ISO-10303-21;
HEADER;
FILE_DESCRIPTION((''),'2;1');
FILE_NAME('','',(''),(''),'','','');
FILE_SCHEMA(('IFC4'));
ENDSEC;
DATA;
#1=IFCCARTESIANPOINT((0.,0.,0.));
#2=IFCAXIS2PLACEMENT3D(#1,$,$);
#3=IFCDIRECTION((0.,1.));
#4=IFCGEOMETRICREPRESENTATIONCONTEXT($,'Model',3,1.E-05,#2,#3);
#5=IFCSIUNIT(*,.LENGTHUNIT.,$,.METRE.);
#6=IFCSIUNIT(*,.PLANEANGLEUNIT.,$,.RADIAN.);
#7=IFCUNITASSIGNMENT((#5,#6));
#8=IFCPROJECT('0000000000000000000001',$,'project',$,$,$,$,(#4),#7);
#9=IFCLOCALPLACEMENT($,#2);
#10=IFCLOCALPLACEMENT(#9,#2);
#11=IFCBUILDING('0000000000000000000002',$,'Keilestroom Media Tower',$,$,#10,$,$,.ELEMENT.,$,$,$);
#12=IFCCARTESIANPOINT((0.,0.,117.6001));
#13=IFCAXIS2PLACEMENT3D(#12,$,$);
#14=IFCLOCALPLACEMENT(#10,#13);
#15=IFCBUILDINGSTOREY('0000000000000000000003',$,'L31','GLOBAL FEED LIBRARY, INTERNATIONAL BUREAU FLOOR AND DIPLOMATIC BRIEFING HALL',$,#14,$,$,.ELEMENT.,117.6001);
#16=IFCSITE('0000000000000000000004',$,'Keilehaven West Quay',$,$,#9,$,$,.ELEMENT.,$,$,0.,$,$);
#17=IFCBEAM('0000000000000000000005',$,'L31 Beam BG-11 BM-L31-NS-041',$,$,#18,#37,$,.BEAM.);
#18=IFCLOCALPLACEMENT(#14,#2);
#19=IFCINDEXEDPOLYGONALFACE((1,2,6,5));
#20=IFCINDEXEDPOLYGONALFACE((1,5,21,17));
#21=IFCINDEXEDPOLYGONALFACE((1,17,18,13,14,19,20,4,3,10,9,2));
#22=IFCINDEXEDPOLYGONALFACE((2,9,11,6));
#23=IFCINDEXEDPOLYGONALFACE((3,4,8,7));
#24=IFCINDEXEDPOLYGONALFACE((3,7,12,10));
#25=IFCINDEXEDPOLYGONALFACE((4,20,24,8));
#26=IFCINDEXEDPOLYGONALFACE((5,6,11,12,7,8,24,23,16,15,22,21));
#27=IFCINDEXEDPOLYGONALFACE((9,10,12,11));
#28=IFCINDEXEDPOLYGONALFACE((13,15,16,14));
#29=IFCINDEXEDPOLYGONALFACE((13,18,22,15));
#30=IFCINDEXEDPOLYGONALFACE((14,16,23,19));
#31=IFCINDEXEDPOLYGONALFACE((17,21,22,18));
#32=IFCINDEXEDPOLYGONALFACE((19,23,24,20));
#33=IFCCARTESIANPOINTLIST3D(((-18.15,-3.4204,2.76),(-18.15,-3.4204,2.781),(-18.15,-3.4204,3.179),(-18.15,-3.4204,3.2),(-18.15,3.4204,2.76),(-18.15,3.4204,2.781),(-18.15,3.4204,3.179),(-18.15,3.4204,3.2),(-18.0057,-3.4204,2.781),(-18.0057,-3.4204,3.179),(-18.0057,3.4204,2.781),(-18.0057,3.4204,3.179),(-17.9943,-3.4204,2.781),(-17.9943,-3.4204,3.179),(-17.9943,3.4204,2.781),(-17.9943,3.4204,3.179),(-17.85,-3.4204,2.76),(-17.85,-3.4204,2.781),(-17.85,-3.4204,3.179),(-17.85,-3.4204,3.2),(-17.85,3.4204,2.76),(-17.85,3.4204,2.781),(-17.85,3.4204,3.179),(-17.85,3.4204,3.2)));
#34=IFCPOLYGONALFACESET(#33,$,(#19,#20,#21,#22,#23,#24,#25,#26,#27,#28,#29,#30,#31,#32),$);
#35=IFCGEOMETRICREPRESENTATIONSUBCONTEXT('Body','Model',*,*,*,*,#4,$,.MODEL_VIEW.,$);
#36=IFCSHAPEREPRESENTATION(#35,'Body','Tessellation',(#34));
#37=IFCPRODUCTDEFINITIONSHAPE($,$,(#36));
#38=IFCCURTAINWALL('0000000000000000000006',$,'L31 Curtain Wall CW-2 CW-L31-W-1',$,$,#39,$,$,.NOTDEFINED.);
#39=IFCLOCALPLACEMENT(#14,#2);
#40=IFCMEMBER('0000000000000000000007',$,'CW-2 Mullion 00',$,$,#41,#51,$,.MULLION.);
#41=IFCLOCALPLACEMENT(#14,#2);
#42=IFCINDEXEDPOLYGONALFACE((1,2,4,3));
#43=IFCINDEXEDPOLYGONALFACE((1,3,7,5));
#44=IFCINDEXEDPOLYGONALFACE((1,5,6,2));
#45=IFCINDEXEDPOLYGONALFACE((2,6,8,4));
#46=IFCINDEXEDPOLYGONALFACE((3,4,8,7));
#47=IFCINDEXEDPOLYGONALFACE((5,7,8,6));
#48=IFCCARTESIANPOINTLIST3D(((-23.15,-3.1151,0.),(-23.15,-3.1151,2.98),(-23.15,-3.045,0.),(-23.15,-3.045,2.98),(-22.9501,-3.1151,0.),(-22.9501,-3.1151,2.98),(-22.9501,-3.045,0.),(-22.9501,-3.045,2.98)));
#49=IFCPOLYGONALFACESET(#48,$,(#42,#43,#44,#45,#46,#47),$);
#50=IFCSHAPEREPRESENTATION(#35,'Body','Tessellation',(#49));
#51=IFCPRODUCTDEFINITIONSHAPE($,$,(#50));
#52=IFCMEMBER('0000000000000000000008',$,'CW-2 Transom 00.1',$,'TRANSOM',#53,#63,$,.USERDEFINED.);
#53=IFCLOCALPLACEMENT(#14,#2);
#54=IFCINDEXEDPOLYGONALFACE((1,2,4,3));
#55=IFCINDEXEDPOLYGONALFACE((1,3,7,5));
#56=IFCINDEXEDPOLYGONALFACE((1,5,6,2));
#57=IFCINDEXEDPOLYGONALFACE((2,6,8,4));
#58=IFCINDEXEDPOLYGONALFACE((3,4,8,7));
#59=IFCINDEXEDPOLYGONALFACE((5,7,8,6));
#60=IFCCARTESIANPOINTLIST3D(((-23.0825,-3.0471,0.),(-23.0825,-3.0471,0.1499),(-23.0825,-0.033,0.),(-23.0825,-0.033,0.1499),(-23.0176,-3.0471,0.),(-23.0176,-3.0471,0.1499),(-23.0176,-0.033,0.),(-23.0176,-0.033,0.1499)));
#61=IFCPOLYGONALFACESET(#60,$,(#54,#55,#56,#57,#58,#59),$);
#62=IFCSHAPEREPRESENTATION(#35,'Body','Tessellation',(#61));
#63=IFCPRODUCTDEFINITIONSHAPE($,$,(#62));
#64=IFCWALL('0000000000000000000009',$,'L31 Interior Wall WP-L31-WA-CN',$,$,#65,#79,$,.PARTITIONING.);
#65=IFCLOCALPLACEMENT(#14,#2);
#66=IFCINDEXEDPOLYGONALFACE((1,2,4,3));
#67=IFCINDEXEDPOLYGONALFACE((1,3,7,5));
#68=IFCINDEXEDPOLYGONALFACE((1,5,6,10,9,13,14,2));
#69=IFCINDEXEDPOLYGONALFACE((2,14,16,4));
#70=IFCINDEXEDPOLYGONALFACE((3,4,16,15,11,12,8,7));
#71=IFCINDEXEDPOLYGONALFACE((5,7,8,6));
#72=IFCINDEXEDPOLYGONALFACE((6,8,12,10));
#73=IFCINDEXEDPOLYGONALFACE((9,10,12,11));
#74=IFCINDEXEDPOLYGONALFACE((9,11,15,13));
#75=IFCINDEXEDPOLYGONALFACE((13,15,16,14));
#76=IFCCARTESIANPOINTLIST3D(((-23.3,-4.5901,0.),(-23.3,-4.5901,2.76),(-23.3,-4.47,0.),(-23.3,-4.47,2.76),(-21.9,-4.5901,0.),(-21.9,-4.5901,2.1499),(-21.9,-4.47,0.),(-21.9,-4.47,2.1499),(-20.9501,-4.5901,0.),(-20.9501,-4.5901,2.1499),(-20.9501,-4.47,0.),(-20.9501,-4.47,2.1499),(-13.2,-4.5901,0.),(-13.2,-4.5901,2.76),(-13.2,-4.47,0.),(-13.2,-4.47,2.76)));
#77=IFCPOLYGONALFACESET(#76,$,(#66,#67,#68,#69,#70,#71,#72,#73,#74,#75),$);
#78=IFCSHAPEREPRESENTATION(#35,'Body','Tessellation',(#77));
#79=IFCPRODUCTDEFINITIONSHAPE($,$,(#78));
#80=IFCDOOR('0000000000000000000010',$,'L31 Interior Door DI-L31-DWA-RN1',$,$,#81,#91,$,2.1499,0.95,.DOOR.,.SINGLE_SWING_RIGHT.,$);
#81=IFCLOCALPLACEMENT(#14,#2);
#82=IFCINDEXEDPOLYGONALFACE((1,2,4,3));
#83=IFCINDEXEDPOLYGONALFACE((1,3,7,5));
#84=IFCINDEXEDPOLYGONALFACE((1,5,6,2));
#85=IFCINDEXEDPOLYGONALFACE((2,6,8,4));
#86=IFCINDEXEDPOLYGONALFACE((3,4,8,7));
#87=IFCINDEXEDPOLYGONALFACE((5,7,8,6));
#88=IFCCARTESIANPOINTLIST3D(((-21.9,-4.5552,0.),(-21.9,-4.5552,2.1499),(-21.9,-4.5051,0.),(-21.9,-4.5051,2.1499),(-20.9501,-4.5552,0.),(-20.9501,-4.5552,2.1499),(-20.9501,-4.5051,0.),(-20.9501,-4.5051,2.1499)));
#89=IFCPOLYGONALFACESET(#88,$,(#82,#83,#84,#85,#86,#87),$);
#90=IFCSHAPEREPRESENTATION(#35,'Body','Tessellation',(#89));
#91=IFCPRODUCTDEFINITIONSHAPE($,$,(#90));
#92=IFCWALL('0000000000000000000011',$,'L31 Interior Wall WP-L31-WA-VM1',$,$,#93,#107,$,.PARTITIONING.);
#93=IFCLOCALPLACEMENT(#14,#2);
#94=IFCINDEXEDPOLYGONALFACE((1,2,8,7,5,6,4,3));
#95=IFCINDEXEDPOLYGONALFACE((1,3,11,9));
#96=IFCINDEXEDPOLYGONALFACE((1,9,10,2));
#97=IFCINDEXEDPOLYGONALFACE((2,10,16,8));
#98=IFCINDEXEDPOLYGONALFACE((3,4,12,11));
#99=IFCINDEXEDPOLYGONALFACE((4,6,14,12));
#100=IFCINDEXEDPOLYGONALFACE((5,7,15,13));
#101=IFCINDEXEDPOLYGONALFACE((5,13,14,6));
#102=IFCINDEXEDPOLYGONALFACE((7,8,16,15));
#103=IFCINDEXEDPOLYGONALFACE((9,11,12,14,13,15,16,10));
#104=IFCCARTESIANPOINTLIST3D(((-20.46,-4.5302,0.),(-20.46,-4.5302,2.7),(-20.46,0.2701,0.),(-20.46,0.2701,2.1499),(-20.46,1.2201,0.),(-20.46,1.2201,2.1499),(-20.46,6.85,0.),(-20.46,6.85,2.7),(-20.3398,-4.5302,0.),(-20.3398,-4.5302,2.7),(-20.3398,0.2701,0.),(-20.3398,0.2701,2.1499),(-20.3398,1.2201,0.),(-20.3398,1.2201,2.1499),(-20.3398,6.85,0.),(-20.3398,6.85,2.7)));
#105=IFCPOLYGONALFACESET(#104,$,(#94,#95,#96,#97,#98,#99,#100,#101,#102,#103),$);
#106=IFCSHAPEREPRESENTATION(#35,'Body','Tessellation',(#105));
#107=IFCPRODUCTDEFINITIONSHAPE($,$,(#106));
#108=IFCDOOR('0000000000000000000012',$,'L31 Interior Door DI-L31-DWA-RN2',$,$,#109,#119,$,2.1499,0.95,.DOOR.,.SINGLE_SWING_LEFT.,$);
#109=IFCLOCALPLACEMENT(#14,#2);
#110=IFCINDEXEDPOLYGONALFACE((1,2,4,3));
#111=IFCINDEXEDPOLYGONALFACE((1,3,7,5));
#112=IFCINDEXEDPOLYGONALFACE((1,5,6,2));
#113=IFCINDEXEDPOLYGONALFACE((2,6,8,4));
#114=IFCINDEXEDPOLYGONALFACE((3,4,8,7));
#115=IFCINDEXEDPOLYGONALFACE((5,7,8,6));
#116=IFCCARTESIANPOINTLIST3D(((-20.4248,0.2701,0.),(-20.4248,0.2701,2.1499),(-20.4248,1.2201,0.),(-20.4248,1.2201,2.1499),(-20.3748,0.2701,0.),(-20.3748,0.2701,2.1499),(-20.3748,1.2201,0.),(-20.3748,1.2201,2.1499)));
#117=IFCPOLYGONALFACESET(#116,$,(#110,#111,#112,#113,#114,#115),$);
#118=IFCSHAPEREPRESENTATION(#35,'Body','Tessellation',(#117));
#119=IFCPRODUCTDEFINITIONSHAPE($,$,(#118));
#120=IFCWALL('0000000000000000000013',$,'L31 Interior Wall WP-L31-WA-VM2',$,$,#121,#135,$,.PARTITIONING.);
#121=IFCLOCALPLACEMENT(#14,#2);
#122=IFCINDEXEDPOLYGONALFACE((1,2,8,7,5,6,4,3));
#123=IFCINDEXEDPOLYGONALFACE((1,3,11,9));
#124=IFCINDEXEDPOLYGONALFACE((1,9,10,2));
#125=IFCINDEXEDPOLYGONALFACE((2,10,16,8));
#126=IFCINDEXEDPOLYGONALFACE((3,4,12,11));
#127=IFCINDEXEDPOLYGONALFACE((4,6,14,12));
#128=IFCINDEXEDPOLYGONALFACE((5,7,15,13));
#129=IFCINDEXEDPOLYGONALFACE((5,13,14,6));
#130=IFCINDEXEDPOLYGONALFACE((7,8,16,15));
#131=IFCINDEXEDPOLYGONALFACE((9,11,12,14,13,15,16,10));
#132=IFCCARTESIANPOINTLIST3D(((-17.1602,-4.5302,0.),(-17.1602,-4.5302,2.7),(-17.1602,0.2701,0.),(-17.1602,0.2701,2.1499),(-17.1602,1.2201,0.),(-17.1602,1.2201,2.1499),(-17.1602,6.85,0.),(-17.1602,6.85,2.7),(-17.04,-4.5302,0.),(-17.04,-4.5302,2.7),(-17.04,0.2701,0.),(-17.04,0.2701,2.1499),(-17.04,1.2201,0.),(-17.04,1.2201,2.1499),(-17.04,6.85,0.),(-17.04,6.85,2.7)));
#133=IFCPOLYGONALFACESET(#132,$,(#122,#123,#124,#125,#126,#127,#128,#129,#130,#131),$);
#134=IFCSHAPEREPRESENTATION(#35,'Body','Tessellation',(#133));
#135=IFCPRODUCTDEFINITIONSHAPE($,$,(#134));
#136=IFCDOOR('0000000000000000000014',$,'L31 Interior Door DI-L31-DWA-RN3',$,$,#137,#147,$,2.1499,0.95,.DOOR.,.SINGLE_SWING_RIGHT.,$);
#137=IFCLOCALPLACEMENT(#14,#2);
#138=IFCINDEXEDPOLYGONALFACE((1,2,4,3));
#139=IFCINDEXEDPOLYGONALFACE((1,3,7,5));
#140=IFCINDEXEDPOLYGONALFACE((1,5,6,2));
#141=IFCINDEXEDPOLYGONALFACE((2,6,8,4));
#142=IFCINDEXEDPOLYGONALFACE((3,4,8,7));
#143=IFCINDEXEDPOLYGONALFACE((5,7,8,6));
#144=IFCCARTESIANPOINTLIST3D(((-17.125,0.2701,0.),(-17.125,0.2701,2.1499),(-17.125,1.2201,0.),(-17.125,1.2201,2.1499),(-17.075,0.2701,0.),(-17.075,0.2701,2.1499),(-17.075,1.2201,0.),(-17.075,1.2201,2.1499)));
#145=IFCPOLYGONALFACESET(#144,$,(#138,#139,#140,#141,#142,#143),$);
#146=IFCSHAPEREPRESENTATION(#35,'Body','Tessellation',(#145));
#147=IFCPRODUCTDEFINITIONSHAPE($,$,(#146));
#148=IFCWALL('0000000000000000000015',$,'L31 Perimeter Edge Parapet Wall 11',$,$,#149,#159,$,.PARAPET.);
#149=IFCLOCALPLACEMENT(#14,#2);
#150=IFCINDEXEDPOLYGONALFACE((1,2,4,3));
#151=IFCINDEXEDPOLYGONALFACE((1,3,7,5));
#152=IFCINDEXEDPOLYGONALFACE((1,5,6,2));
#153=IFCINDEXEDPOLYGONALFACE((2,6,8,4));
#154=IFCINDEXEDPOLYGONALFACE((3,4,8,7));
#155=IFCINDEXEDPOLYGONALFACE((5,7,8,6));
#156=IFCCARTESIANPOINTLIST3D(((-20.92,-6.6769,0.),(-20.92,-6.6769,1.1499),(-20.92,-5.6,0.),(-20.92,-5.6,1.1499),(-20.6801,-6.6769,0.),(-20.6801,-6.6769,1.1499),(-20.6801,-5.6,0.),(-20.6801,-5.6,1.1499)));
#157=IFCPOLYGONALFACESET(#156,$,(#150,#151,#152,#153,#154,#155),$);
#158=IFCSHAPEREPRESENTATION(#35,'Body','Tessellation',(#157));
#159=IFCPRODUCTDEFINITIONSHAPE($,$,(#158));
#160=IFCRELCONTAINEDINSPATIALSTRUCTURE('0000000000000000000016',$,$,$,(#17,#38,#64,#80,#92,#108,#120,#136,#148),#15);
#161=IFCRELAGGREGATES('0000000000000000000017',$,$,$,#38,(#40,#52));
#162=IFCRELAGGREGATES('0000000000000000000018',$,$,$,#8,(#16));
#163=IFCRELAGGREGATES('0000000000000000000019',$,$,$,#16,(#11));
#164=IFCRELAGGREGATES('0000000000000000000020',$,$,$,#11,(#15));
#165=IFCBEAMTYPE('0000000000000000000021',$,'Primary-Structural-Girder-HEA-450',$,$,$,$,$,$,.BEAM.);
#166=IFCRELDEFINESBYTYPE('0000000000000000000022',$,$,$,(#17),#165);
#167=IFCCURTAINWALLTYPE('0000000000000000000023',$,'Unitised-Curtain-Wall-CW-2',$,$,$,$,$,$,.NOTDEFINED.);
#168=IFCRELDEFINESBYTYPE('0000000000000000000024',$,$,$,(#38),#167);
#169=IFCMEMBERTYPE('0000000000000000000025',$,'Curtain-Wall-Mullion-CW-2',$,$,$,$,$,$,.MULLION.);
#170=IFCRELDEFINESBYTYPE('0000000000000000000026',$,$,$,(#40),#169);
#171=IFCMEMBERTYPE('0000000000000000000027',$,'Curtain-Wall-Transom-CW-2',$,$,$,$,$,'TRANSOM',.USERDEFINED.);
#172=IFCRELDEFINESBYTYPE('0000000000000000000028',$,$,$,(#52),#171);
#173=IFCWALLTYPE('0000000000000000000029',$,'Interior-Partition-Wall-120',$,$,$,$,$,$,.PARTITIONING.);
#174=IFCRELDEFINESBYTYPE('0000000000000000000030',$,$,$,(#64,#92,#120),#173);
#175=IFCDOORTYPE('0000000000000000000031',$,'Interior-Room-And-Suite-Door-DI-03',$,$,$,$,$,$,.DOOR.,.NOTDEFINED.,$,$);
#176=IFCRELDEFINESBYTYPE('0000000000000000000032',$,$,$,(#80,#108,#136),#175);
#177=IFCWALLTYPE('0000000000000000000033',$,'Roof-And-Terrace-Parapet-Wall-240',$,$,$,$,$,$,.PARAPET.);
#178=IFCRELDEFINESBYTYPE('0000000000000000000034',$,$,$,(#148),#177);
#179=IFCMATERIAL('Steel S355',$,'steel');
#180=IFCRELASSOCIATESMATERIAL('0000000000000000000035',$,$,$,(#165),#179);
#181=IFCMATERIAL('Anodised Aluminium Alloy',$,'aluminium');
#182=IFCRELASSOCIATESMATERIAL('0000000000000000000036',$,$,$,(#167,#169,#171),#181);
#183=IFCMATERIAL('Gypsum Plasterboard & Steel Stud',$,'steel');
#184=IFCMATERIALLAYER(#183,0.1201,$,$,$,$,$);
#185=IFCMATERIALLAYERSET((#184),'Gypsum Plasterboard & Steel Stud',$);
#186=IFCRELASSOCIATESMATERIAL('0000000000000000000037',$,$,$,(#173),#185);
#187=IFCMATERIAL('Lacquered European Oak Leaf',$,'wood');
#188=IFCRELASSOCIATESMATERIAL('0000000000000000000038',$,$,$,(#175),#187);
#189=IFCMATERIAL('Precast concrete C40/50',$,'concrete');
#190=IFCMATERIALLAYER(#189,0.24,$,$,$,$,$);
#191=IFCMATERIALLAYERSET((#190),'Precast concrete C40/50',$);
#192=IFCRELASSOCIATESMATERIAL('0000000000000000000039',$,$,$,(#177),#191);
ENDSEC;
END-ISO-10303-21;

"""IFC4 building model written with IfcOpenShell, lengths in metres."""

from ifc_helpers import new_model, si_unit, direction, frame, frame_2d, origin, origin_2d, place, context, subcontext, project, spatial, rectangle, i_section, extrude, source, transform, mapped, material, layer, layer_set, material_profile, profile_set, type_object, element, fill, aggregate, save


model = new_model("IFC4")

# Units and contexts
model_context = context("Model", 3, precision=1e-05, world=origin(), true_north=direction((0.0, 1.0)))
body_context = subcontext(model_context, "Body", "Model", "MODEL_VIEW")
ifc_project = project(units=[si_unit("LENGTHUNIT", "METRE"), si_unit("PLANEANGLEUNIT", "RADIAN")], contexts=[model_context])

# Site, building, storey
site_placement = place(None, origin())
site = spatial("IfcSite", under=ifc_project, at=site_placement, Name="Keilehaven West Quay", CompositionType="ELEMENT", RefElevation=0.0)
building_placement = place(site_placement, origin())
building = spatial("IfcBuilding", under=site, at=building_placement, Name="Keilestroom Media Tower", CompositionType="ELEMENT")
storey_placement = place(building_placement, frame((0.0, 0.0, 117.6001)))
storey = spatial("IfcBuildingStorey", under=building, at=storey_placement, Name="L31", Description="GLOBAL FEED LIBRARY, INTERNATIONAL BUREAU FLOOR AND DIPLOMATIC BRIEFING HALL", CompositionType="ELEMENT", Elevation=117.6001)

# Shared definitions
ifc_material_1 = material(Name="Precast concrete C40/50", Category="concrete")
ifc_material_2 = material(Name="Steel S355", Category="steel")

# Beam
ifc_material_profile_1 = material_profile(ifc_material_2, i_section(OverallWidth=0.3, OverallDepth=0.4399, WebThickness=0.0115, FlangeThickness=0.021, at=origin_2d()), Name="HEA 450")
ifc_profile_set_1 = profile_set([ifc_material_profile_1], Name="Steel S355")
beam_type_1 = type_object("IfcBeamType", Name="Primary-Structural-Girder-HEA-450", PredefinedType="BEAM", material=ifc_profile_set_1)
shared_shape_1 = source(origin(), body_context, "Body", "SweptSolid", [
    extrude(i_section(OverallWidth=0.3, OverallDepth=0.4399, WebThickness=0.0115, FlangeThickness=0.021, at=origin_2d()), origin(), (0.0, 0.0, 1.0), 6.8408),
])
beam_1_placement = place(storey_placement, frame((-18.0, -3.4204, 2.98), z_axis=(0.0, 1.0, 0.0), x_axis=(-1.0, 0.0, 0.0)))
element("IfcBeam", 1, at=beam_1_placement, inside=storey, type_object=beam_type_1, Name="L31 Beam BG-11 BM-L31-NS-041", PredefinedType="BEAM", context=body_context, shape_type="MappedRepresentation", body=[
    mapped(shared_shape_1, transform((0.0, 0.0, 0.0), x_axis=(1.0, 0.0, 0.0), y_axis=(0.0, 1.0, 0.0), z_axis=(0.0, 0.0, 1.0), scale=1.0)),
])

# Curtain wall, members
ifc_material_3 = material(Name="Anodised Aluminium Alloy", Category="aluminium")
curtain_wall_type = type_object("IfcCurtainWallType", Name="Unitised-Curtain-Wall-CW-2", PredefinedType="NOTDEFINED", material=ifc_material_3)
curtain_wall_placement = place(storey_placement, origin())
curtain_wall = element("IfcCurtainWall", 2, at=curtain_wall_placement, inside=storey, type_object=curtain_wall_type, Name="L31 Curtain Wall CW-2 CW-L31-W-1", PredefinedType="NOTDEFINED")
ifc_material_profile_2 = material_profile(ifc_material_3, rectangle(XDim=0.0701, YDim=0.2, at=origin_2d()), Name="ALU MULLION 70x200")
ifc_profile_set_2 = profile_set([ifc_material_profile_2], Name="Anodised Aluminium Alloy")
member_type_1 = type_object("IfcMemberType", Name="Curtain-Wall-Mullion-CW-2", PredefinedType="MULLION", material=ifc_profile_set_2)
shared_shape_2 = source(origin(), body_context, "Body", "SweptSolid", [
    extrude(rectangle(XDim=0.0701, YDim=0.2, at=origin_2d()), origin(), (0.0, 0.0, 1.0), 2.98),
])
member_1_placement = place(storey_placement, frame((-23.05, -3.0801, 0.0), z_axis=(0.0, 0.0, 1.0), x_axis=(0.0, 1.0, 0.0)))
member_1 = element("IfcMember", 3, at=member_1_placement, type_object=member_type_1, Name="CW-2 Mullion 00", PredefinedType="MULLION", context=body_context, shape_type="MappedRepresentation", body=[
    mapped(shared_shape_2, transform((0.0, 0.0, 0.0), x_axis=(1.0, 0.0, 0.0), y_axis=(0.0, 1.0, 0.0), z_axis=(0.0, 0.0, 1.0), scale=1.0)),
])
ifc_material_profile_3 = material_profile(ifc_material_3, rectangle(XDim=0.0649, YDim=0.1499, at=origin_2d()), Name="ALU TRANSOM 65x150")
ifc_profile_set_3 = profile_set([ifc_material_profile_3], Name="Anodised Aluminium Alloy")
member_type_2 = type_object("IfcMemberType", Name="Curtain-Wall-Transom-CW-2", ElementType="TRANSOM", PredefinedType="USERDEFINED", material=ifc_profile_set_3)
shared_shape_3 = source(origin(), body_context, "Body", "SweptSolid", [
    extrude(rectangle(XDim=0.0649, YDim=0.1499, at=origin_2d()), origin(), (0.0, 0.0, 1.0), 3.0142),
])
member_2_placement = place(storey_placement, frame((-23.05, -3.0471, 0.075), z_axis=(0.0, 1.0, 0.0), x_axis=(-1.0, 0.0, 0.0)))
member_2 = element("IfcMember", 4, at=member_2_placement, type_object=member_type_2, Name="CW-2 Transom 00.1", ObjectType="TRANSOM", PredefinedType="USERDEFINED", context=body_context, shape_type="MappedRepresentation", body=[
    mapped(shared_shape_3, transform((0.0, 0.0, 0.0), x_axis=(1.0, 0.0, 0.0), y_axis=(0.0, 1.0, 0.0), z_axis=(0.0, 0.0, 1.0), scale=1.0)),
])
aggregate(curtain_wall, [member_1, member_2])

# Walls, openings, doors
ifc_material_4 = material(Name="Gypsum Plasterboard & Steel Stud", Category="steel")
ifc_layer_1 = layer(ifc_material_4, 0.1201)
ifc_layer_set_1 = layer_set([ifc_layer_1], Name="Gypsum Plasterboard & Steel Stud")
wall_type_1 = type_object("IfcWallType", Name="Interior-Partition-Wall-120", PredefinedType="PARTITIONING", material=ifc_layer_set_1)
wall_1_placement = place(storey_placement, frame((-23.3, -4.53, 0.0), z_axis=(0.0, 0.0, 1.0), x_axis=(1.0, 0.0, 0.0)))
wall_1 = element("IfcWall", 5, at=wall_1_placement, inside=storey, type_object=wall_type_1, Name="L31 Interior Wall WP-L31-WA-CN", PredefinedType="PARTITIONING", context=body_context, shape_type="SweptSolid", body=[
    extrude(rectangle(XDim=10.1001, YDim=0.1201, at=frame_2d((5.05, 0.0))), origin(), (0.0, 0.0, 1.0), 2.76),
])
opening_1_placement = place(wall_1_placement, frame((1.3999, 0.0, 0.0)))
opening_1 = element("IfcOpeningElement", 6, at=opening_1_placement, cuts=wall_1, PredefinedType="OPENING", context=body_context, shape_type="SweptSolid", body=[
    extrude(rectangle(XDim=0.95, YDim=2.1499, at=frame_2d((0.4751, 1.075))), frame((0.0, 0.0701, 0.0), z_axis=(0.0, -1.0, 0.0), x_axis=(1.0, 0.0, 0.0)), (0.0, 0.0, 1.0), 0.1401),
])
ifc_material_5 = material(Name="Lacquered European Oak Leaf", Category="wood")
door_type = type_object("IfcDoorType", Name="Interior-Room-And-Suite-Door-DI-03", OperationType="NOTDEFINED", PredefinedType="DOOR", material=ifc_material_5)
shared_shape_4 = source(origin(), body_context, "Body", "SweptSolid", [
    extrude(rectangle(XDim=0.95, YDim=2.1499, at=frame_2d((0.4751, 1.075))), frame((0.0, 0.0249, 0.0), z_axis=(0.0, -1.0, 0.0), x_axis=(1.0, 0.0, 0.0)), (0.0, 0.0, 1.0), 0.05),
])
door_1_placement = place(opening_1_placement, origin())
door_1 = element("IfcDoor", 7, at=door_1_placement, inside=storey, type_object=door_type, Name="L31 Interior Door DI-L31-DWA-RN1", OperationType="SINGLE_SWING_RIGHT", OverallHeight=2.1499, OverallWidth=0.95, PredefinedType="DOOR", context=body_context, shape_type="MappedRepresentation", body=[
    mapped(shared_shape_4, transform((0.0, 0.0, 0.0), x_axis=(1.0, 0.0, 0.0), y_axis=(0.0, 1.0, 0.0), z_axis=(0.0, 0.0, 1.0), scale=1.0)),
])
fill(opening_1, door_1)
wall_2_placement = place(storey_placement, frame((-20.3999, -4.53, 0.0), z_axis=(0.0, 0.0, 1.0), x_axis=(0.0, 1.0, 0.0)))
wall_2 = element("IfcWall", 8, at=wall_2_placement, inside=storey, type_object=wall_type_1, Name="L31 Interior Wall WP-L31-WA-VM1", PredefinedType="PARTITIONING", context=body_context, shape_type="SweptSolid", body=[
    extrude(rectangle(XDim=11.3801, YDim=0.1201, at=frame_2d((5.6899, 0.0))), origin(), (0.0, 0.0, 1.0), 2.7),
])
opening_2_placement = place(wall_2_placement, frame((4.8, 0.0, 0.0)))
opening_2 = element("IfcOpeningElement", 9, at=opening_2_placement, cuts=wall_2, PredefinedType="OPENING", context=body_context, shape_type="SweptSolid", body=[
    extrude(rectangle(XDim=0.95, YDim=2.1499, at=frame_2d((0.4751, 1.075))), frame((0.0, 0.0701, 0.0), z_axis=(0.0, -1.0, 0.0), x_axis=(1.0, 0.0, 0.0)), (0.0, 0.0, 1.0), 0.1401),
])
door_2_placement = place(opening_2_placement, origin())
door_2 = element("IfcDoor", 10, at=door_2_placement, inside=storey, type_object=door_type, Name="L31 Interior Door DI-L31-DWA-RN2", OperationType="SINGLE_SWING_LEFT", OverallHeight=2.1499, OverallWidth=0.95, PredefinedType="DOOR", context=body_context, shape_type="MappedRepresentation", body=[
    mapped(shared_shape_4, transform((0.0, 0.0, 0.0), x_axis=(1.0, 0.0, 0.0), y_axis=(0.0, 1.0, 0.0), z_axis=(0.0, 0.0, 1.0), scale=1.0)),
])
fill(opening_2, door_2)
wall_3_placement = place(storey_placement, frame((-17.1001, -4.53, 0.0), z_axis=(0.0, 0.0, 1.0), x_axis=(0.0, 1.0, 0.0)))
wall_3 = element("IfcWall", 11, at=wall_3_placement, inside=storey, type_object=wall_type_1, Name="L31 Interior Wall WP-L31-WA-VM2", PredefinedType="PARTITIONING", context=body_context, shape_type="SweptSolid", body=[
    extrude(rectangle(XDim=11.3801, YDim=0.1201, at=frame_2d((5.6899, 0.0))), origin(), (0.0, 0.0, 1.0), 2.7),
])
opening_3_placement = place(wall_3_placement, frame((4.8, 0.0, 0.0)))
opening_3 = element("IfcOpeningElement", 12, at=opening_3_placement, cuts=wall_3, PredefinedType="OPENING", context=body_context, shape_type="SweptSolid", body=[
    extrude(rectangle(XDim=0.95, YDim=2.1499, at=frame_2d((0.4751, 1.075))), frame((0.0, 0.0701, 0.0), z_axis=(0.0, -1.0, 0.0), x_axis=(1.0, 0.0, 0.0)), (0.0, 0.0, 1.0), 0.1401),
])
door_3_placement = place(opening_3_placement, origin())
door_3 = element("IfcDoor", 13, at=door_3_placement, inside=storey, type_object=door_type, Name="L31 Interior Door DI-L31-DWA-RN3", OperationType="SINGLE_SWING_RIGHT", OverallHeight=2.1499, OverallWidth=0.95, PredefinedType="DOOR", context=body_context, shape_type="MappedRepresentation", body=[
    mapped(shared_shape_4, transform((0.0, 0.0, 0.0), x_axis=(1.0, 0.0, 0.0), y_axis=(0.0, 1.0, 0.0), z_axis=(0.0, 0.0, 1.0), scale=1.0)),
])
fill(opening_3, door_3)

# Wall
ifc_layer_2 = layer(ifc_material_1, 0.24)
ifc_layer_set_2 = layer_set([ifc_layer_2], Name="Precast concrete C40/50")
wall_type_2 = type_object("IfcWallType", Name="Roof-And-Terrace-Parapet-Wall-240", PredefinedType="PARAPET", material=ifc_layer_set_2)
for number, where, z_axis, x_axis, name in (
    (14, (-20.8, -6.677, 0.0), (0.0, 0.0, 1.0), (0.0, 1.0, 0.0), "L31 Perimeter Edge Parapet Wall 11"),
):
    element("IfcWall", number, at=place(storey_placement, frame(where, z_axis=z_axis, x_axis=x_axis)), inside=storey, type_object=wall_type_2, Name=name, PredefinedType="PARAPET", context=body_context, shape_type="SweptSolid", body=[
        extrude(rectangle(XDim=1.0769, YDim=0.24, at=frame_2d((0.5386, 0.0))), origin(), (0.0, 0.0, 1.0), 1.1499),
    ])

save(model, "model.ifc")
